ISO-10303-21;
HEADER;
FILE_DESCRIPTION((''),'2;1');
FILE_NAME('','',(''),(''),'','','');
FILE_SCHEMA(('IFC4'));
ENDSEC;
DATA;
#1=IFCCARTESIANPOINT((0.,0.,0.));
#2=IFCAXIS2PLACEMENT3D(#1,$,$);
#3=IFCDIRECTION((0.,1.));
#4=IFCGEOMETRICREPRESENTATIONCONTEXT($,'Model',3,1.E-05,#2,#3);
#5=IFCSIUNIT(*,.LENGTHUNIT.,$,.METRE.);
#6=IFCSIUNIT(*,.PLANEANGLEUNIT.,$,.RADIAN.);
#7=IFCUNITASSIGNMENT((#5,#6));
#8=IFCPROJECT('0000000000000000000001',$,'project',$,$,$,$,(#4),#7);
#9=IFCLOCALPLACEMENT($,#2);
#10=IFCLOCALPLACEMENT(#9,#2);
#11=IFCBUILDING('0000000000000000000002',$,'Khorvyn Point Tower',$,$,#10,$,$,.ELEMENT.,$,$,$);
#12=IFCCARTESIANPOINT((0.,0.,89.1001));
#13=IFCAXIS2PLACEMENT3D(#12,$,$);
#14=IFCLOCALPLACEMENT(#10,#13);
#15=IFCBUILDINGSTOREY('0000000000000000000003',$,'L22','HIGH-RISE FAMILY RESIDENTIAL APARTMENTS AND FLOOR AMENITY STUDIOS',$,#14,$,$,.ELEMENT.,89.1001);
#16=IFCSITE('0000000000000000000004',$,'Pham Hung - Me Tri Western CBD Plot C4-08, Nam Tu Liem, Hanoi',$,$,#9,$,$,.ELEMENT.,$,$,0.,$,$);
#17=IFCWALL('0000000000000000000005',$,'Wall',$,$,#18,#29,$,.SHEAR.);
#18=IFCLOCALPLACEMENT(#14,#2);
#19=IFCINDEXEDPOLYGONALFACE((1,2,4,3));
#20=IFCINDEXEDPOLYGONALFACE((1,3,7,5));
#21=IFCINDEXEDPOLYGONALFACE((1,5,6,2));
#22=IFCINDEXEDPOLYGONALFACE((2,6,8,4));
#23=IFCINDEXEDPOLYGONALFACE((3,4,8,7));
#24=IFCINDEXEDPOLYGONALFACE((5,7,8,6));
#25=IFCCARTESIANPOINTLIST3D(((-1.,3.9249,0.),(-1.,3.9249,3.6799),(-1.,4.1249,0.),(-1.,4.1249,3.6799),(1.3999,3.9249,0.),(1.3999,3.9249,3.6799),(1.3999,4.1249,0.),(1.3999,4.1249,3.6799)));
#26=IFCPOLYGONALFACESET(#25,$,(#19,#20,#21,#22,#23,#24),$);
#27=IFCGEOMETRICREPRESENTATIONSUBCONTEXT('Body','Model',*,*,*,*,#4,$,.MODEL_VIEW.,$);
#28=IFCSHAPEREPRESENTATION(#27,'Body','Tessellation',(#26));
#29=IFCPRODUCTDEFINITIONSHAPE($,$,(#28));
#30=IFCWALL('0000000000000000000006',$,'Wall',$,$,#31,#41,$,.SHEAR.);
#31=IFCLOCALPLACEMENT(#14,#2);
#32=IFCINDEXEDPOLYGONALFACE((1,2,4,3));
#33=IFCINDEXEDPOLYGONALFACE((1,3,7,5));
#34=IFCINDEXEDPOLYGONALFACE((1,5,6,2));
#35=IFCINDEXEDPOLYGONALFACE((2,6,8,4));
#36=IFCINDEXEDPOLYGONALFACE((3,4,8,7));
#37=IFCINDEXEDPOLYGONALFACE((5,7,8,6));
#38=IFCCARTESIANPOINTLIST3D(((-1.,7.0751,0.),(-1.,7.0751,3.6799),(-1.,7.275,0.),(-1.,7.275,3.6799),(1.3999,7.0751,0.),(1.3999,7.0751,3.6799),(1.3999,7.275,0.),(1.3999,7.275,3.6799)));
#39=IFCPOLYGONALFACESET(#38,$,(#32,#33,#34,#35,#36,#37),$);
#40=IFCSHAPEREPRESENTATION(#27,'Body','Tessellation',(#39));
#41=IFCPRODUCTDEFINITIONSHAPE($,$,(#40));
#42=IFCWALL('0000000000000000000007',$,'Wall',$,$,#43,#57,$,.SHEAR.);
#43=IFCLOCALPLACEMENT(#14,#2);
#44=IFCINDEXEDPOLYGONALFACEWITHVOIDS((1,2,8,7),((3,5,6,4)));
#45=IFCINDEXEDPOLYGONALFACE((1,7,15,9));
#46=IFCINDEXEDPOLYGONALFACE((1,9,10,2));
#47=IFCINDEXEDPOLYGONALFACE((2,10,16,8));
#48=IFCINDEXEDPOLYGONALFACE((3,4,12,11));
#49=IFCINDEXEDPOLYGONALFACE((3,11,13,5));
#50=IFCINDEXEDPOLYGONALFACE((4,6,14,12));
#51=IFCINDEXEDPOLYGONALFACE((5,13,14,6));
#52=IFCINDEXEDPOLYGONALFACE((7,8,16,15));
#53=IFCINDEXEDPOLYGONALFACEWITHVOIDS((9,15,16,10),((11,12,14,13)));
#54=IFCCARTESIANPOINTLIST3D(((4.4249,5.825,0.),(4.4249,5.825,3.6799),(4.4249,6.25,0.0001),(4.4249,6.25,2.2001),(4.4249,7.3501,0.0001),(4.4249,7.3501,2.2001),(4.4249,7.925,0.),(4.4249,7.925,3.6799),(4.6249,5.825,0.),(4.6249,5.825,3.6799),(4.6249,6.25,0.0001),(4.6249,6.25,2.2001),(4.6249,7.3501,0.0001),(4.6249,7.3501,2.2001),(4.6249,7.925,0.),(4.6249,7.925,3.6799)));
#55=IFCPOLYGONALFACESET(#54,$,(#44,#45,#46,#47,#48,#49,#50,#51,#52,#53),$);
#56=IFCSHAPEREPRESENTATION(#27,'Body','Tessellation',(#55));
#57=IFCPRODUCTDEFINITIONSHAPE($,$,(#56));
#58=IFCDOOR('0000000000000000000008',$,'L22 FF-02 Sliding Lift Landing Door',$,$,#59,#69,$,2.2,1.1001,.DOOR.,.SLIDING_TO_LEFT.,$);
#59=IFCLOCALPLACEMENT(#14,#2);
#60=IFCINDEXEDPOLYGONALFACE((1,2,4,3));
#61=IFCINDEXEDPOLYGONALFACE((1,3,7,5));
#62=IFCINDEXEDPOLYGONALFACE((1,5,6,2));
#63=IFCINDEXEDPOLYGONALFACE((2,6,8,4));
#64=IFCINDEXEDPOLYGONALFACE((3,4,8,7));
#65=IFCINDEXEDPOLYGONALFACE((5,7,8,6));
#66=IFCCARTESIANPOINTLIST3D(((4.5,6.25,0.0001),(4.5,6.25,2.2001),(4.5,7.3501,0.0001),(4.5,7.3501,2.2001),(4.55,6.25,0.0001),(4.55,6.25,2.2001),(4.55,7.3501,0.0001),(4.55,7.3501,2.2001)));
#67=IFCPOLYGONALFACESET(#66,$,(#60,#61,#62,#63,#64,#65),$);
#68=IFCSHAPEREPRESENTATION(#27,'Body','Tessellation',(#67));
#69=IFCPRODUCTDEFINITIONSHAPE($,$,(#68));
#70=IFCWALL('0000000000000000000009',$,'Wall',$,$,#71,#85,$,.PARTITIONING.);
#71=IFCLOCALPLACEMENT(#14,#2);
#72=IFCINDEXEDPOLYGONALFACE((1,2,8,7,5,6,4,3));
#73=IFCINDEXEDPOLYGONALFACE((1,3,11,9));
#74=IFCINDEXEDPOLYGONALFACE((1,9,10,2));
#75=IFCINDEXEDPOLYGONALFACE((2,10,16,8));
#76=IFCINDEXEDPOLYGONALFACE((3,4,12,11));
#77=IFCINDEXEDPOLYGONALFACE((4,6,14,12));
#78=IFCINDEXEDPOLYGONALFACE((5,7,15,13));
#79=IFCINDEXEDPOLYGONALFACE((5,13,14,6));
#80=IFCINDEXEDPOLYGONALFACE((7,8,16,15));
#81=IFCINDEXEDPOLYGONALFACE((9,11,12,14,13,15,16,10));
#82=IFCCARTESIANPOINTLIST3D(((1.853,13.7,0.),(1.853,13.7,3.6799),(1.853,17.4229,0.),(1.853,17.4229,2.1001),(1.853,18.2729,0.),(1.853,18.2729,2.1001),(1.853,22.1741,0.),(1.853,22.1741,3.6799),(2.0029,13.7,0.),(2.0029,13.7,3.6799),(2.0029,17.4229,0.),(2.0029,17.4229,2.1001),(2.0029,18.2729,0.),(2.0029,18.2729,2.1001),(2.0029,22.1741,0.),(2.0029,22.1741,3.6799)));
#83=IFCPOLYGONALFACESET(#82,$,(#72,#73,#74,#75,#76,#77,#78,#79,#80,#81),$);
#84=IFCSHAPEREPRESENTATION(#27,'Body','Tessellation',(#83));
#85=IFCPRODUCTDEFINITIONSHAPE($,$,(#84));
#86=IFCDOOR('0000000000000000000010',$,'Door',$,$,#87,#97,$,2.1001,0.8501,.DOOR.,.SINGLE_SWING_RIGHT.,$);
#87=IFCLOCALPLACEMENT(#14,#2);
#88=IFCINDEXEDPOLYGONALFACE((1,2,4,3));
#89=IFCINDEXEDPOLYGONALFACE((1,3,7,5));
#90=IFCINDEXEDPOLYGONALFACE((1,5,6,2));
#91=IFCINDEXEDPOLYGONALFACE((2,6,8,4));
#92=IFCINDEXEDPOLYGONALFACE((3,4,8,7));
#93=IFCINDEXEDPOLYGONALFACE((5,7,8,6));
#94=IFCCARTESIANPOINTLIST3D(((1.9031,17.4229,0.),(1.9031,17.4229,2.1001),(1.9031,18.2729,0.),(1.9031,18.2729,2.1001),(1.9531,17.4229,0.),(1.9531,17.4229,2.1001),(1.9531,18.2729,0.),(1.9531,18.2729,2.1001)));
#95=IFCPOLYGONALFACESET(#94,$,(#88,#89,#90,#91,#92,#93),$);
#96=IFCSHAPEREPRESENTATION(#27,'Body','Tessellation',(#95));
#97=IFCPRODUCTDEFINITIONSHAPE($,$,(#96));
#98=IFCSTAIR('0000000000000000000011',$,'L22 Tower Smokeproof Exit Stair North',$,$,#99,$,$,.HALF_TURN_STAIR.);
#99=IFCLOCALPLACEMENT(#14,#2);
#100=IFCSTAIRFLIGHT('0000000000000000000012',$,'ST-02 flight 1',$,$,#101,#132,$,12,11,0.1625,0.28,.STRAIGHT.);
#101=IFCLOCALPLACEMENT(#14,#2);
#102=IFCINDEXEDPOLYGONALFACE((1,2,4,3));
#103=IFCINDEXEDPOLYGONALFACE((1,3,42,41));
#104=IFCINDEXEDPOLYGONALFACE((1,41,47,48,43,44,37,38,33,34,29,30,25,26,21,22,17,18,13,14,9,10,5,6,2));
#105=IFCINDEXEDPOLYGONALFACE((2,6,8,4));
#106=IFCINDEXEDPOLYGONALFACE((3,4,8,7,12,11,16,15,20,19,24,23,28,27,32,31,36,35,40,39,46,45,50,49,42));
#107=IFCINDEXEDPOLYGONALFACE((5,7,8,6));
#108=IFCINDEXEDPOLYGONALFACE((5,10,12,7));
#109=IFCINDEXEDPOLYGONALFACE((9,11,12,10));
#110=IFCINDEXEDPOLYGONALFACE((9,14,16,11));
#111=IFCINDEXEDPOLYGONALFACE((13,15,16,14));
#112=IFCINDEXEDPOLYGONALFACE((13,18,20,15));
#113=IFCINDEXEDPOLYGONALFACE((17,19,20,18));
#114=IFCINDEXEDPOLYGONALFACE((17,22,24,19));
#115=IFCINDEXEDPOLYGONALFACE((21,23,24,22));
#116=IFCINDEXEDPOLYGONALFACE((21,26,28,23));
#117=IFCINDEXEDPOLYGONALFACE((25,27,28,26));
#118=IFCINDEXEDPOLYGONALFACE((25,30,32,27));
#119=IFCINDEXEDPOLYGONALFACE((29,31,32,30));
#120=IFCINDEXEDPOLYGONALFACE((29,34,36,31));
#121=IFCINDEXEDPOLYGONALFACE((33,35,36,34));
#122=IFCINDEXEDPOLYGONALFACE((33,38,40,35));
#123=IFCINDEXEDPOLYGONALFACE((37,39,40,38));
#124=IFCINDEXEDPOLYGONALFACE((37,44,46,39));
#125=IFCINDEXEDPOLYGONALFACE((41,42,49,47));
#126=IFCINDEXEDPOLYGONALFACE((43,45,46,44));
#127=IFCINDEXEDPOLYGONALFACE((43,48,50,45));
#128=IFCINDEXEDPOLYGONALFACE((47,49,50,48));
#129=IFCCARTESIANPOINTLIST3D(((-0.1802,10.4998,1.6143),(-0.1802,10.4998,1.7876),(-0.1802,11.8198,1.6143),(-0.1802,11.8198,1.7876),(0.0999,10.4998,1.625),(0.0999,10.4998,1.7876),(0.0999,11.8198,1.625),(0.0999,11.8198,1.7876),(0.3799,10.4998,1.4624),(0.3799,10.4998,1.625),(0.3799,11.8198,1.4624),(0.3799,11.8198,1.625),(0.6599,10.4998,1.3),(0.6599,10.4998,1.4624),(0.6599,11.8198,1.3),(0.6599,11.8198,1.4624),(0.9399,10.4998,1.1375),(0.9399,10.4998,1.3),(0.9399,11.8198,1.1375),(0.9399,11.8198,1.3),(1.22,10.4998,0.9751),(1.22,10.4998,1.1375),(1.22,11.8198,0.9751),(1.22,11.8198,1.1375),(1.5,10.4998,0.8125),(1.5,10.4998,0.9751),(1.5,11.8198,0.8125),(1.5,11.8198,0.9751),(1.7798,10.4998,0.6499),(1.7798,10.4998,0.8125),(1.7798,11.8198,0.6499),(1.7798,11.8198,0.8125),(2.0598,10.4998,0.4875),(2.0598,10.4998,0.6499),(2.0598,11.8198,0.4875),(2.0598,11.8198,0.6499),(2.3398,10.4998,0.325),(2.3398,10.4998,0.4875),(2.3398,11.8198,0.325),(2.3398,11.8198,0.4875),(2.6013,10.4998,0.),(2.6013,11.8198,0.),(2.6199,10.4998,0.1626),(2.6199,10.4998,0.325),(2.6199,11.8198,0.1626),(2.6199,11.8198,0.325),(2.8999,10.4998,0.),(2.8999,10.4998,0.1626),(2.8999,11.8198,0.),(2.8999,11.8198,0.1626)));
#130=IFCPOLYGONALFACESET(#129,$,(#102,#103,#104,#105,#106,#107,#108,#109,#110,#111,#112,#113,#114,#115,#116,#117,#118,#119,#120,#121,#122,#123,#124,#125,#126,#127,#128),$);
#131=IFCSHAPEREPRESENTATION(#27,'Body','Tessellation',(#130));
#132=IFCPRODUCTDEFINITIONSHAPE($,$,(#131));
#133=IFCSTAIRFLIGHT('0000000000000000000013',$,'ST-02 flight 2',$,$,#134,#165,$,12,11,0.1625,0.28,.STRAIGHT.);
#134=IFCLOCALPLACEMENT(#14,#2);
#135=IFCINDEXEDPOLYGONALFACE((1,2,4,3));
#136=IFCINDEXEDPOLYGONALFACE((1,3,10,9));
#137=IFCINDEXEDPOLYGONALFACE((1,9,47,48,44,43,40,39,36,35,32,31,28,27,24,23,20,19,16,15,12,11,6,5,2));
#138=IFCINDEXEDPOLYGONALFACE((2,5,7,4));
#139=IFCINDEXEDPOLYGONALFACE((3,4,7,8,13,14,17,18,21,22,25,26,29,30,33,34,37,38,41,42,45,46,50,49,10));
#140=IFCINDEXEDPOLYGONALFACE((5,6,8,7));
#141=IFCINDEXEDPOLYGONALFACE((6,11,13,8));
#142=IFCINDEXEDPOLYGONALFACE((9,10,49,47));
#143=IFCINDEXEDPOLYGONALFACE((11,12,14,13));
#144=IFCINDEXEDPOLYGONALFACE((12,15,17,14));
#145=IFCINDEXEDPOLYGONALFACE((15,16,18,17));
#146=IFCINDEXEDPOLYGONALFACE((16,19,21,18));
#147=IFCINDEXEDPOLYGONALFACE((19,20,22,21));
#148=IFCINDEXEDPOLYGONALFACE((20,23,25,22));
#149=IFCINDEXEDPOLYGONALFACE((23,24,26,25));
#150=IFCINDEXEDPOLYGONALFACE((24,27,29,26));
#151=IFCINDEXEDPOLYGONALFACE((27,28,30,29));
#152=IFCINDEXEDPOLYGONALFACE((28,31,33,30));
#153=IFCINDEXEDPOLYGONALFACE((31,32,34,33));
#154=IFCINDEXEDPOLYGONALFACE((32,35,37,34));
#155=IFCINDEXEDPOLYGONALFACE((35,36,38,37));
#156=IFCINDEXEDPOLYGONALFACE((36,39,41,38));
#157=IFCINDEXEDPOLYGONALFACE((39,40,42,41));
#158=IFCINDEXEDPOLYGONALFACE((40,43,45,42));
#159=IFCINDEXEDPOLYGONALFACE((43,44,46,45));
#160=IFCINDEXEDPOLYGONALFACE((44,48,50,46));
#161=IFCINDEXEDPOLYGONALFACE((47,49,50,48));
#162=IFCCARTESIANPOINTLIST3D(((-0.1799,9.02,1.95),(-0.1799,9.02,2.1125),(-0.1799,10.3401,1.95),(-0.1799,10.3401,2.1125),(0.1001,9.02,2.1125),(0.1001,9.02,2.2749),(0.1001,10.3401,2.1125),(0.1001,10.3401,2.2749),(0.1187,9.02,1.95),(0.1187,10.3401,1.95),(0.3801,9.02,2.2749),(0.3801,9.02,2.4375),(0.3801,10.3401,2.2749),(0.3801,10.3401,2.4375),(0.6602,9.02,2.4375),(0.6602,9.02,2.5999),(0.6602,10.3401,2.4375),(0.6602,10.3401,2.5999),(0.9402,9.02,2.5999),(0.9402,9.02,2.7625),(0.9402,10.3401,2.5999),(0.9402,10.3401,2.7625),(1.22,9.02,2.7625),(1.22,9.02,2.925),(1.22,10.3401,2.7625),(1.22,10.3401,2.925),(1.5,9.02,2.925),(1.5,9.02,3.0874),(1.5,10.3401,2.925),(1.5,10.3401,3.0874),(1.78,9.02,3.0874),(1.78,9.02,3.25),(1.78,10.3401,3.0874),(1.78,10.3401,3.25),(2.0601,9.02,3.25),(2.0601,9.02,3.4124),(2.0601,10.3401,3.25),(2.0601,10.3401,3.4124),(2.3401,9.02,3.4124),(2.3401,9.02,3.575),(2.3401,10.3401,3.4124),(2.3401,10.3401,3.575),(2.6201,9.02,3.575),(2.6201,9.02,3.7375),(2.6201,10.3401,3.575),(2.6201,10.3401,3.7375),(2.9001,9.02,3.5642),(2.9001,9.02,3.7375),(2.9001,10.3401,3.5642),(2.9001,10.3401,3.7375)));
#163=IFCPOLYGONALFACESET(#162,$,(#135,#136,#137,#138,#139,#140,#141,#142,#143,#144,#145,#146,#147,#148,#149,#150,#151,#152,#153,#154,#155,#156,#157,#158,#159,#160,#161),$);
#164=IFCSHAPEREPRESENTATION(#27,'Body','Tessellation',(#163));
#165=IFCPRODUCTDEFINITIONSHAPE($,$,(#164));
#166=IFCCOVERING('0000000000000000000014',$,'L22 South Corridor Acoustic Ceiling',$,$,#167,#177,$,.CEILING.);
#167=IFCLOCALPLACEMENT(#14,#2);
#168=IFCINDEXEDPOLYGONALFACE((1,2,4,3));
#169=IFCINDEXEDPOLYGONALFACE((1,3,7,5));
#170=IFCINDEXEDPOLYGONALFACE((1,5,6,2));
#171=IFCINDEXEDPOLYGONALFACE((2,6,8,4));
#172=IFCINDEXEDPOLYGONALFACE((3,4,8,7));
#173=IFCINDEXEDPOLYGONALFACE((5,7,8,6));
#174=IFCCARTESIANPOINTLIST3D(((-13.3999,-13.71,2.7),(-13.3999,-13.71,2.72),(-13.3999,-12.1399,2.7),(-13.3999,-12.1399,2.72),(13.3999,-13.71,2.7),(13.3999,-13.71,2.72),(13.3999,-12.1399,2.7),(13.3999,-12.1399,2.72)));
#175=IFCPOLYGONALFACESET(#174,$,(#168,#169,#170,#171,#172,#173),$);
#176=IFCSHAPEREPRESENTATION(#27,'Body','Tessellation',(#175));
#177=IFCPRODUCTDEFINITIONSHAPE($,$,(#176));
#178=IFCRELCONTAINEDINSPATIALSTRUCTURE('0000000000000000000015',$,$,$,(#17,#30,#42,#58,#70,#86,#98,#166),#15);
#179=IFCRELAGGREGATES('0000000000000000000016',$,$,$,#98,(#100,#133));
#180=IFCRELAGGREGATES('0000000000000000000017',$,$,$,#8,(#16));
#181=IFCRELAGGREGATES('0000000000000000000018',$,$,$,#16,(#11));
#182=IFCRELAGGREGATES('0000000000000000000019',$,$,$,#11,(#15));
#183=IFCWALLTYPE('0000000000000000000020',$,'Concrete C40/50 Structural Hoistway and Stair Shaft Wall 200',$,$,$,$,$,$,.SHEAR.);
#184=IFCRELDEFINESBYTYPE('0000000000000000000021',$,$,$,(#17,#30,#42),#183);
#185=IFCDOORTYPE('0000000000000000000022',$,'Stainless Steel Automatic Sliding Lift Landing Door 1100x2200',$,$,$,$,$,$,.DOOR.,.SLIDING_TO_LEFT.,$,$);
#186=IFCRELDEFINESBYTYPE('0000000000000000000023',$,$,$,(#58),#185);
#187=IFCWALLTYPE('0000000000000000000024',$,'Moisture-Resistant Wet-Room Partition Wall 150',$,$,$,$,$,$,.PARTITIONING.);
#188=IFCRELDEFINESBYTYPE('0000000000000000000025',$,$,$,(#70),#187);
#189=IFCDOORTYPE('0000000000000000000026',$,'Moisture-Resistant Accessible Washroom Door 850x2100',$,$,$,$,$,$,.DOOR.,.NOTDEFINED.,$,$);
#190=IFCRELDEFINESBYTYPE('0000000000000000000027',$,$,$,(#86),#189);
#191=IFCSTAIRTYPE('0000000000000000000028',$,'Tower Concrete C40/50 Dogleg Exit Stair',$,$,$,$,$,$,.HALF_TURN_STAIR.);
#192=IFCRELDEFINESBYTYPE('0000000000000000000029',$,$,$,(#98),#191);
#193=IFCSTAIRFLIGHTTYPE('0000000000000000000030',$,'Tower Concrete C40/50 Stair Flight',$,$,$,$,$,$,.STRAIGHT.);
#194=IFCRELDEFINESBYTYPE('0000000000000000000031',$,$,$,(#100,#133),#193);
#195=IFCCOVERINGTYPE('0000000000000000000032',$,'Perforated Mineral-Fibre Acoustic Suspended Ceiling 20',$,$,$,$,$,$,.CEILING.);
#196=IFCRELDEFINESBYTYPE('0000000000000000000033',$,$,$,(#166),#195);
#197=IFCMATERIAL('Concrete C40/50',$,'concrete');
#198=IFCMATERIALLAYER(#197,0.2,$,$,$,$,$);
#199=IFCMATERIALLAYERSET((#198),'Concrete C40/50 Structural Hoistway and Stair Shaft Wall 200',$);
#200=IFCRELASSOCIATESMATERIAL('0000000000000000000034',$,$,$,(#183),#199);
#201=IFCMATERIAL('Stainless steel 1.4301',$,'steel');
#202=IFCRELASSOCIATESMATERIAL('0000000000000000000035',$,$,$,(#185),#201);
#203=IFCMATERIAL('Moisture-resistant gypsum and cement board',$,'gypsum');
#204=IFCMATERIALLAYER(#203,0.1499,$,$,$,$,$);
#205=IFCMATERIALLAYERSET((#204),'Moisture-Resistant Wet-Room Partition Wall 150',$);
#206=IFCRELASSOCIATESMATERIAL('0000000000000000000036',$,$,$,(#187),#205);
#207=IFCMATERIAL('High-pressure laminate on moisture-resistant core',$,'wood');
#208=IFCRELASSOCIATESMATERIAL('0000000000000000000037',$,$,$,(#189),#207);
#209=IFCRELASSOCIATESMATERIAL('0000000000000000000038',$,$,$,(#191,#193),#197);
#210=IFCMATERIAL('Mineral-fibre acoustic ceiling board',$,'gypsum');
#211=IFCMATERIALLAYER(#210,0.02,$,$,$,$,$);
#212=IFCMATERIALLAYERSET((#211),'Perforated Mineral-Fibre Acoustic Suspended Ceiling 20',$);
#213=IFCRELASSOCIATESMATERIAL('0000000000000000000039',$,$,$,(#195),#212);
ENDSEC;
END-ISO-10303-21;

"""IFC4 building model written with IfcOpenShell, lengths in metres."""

from ifc_helpers import new_model, si_unit, direction, frame, frame_2d, origin, place, context, subcontext, project, spatial, polyline, rectangle, outline, extrude, material, layer, layer_set, type_object, element, fill, aggregate, save


model = new_model("IFC4")

# Units and contexts
model_context = context("Model", 3, precision=1e-05, world=origin(), true_north=direction((0.0, 1.0)))
body_context = subcontext(model_context, "Body", "Model", "MODEL_VIEW")
ifc_project = project(units=[si_unit("LENGTHUNIT", "METRE"), si_unit("PLANEANGLEUNIT", "RADIAN")], contexts=[model_context])

# Site, building, storey
site_placement = place(None, origin())
site = spatial("IfcSite", under=ifc_project, at=site_placement, Name="Pham Hung - Me Tri Western CBD Plot C4-08, Nam Tu Liem, Hanoi", CompositionType="ELEMENT", RefElevation=0.0)
building_placement = place(site_placement, origin())
building = spatial("IfcBuilding", under=site, at=building_placement, Name="Khorvyn Point Tower", CompositionType="ELEMENT")
storey_placement = place(building_placement, frame((0.0, 0.0, 89.1001)))
storey = spatial("IfcBuildingStorey", under=building, at=storey_placement, Name="L22", Description="HIGH-RISE FAMILY RESIDENTIAL APARTMENTS AND FLOOR AMENITY STUDIOS", CompositionType="ELEMENT", Elevation=89.1001)

# Shared definitions
ifc_material_1 = material(Name="Concrete C40/50", Category="concrete")

# Shared definitions
ifc_layer_1 = layer(ifc_material_1, 0.2)
ifc_layer_set_1 = layer_set([ifc_layer_1], Name="Concrete C40/50 Structural Hoistway and Stair Shaft Wall 200")
wall_type_1 = type_object("IfcWallType", Name="Concrete C40/50 Structural Hoistway and Stair Shaft Wall 200", PredefinedType="SHEAR", material=ifc_layer_set_1)

# Shared definitions
ifc_material_2 = material(Name="Stainless steel 1.4301", Category="steel")
door_type_1 = type_object("IfcDoorType", Name="Stainless Steel Automatic Sliding Lift Landing Door 1100x2200", OperationType="SLIDING_TO_LEFT", PredefinedType="DOOR", material=ifc_material_2)

# Walls
for number, where, z_axis, x_axis, name in (
    (1, (-1.0, 4.0249, 0.0), (0.0, 0.0, 1.0), (1.0, 0.0, 0.0), "Wall"),
    (2, (-1.0, 7.175, 0.0), (0.0, 0.0, 1.0), (1.0, 0.0, 0.0), "Wall"),
):
    element("IfcWall", number, at=place(storey_placement, frame(where, z_axis=z_axis, x_axis=x_axis)), inside=storey, type_object=wall_type_1, Name=name, PredefinedType="SHEAR", context=body_context, shape_type="SweptSolid", body=[
        extrude(rectangle(XDim=2.3999, YDim=0.2, at=frame_2d((1.2, 0.0))), origin(), (0.0, 0.0, 1.0), 3.6799),
    ])

# Walls, openings, doors
wall_1_placement = place(storey_placement, frame((4.5249, 5.825, 0.0), z_axis=(0.0, 0.0, 1.0), x_axis=(0.0, 1.0, 0.0)))
wall_1 = element("IfcWall", 3, at=wall_1_placement, inside=storey, type_object=wall_type_1, Name="Wall", PredefinedType="SHEAR", context=body_context, shape_type="SweptSolid", body=[
    extrude(rectangle(XDim=2.1001, YDim=0.2, at=frame_2d((1.05, 0.0))), origin(), (0.0, 0.0, 1.0), 3.6799),
])
opening_1_placement = place(wall_1_placement, frame((0.425, 0.0, 0.0)))
opening_1 = element("IfcOpeningElement", 4, at=opening_1_placement, cuts=wall_1, PredefinedType="OPENING", context=body_context, shape_type="SweptSolid", body=[
    extrude(rectangle(XDim=1.1001, YDim=2.2, at=frame_2d((0.55, 1.1001))), frame((0.0, 0.1099, 0.0), z_axis=(0.0, -1.0, 0.0), x_axis=(1.0, 0.0, 0.0)), (0.0, 0.0, 1.0), 0.22),
])
door_1_placement = place(opening_1_placement, origin())
door_1 = element("IfcDoor", 5, at=door_1_placement, inside=storey, type_object=door_type_1, Name="L22 FF-02 Sliding Lift Landing Door", OperationType="SLIDING_TO_LEFT", OverallHeight=2.2, OverallWidth=1.1001, PredefinedType="DOOR", context=body_context, shape_type="SweptSolid", body=[
    extrude(rectangle(XDim=1.1001, YDim=2.2, at=frame_2d((0.55, 1.1001))), frame((0.0, 0.0249, 0.0), z_axis=(0.0, -1.0, 0.0), x_axis=(1.0, 0.0, 0.0)), (0.0, 0.0, 1.0), 0.05),
])
fill(opening_1, door_1)
ifc_material_3 = material(Name="Moisture-resistant gypsum and cement board", Category="gypsum")
ifc_layer_2 = layer(ifc_material_3, 0.1499)
ifc_layer_set_2 = layer_set([ifc_layer_2], Name="Moisture-Resistant Wet-Room Partition Wall 150")
wall_type_2 = type_object("IfcWallType", Name="Moisture-Resistant Wet-Room Partition Wall 150", PredefinedType="PARTITIONING", material=ifc_layer_set_2)
wall_2_placement = place(storey_placement, frame((1.928, 13.7, 0.0), z_axis=(0.0, 0.0, 1.0), x_axis=(0.0, 1.0, 0.0)))
wall_2 = element("IfcWall", 6, at=wall_2_placement, inside=storey, type_object=wall_type_2, Name="Wall", PredefinedType="PARTITIONING", context=body_context, shape_type="SweptSolid", body=[
    extrude(rectangle(XDim=8.4741, YDim=0.1499, at=frame_2d((4.2371, 0.0))), origin(), (0.0, 0.0, 1.0), 3.6799),
])
opening_2_placement = place(wall_2_placement, frame((3.7229, 0.0, 0.0)))
opening_2 = element("IfcOpeningElement", 7, at=opening_2_placement, cuts=wall_2, PredefinedType="OPENING", context=body_context, shape_type="SweptSolid", body=[
    extrude(rectangle(XDim=0.8501, YDim=2.1001, at=frame_2d((0.425, 1.05))), frame((0.0, 0.085, 0.0), z_axis=(0.0, -1.0, 0.0), x_axis=(1.0, 0.0, 0.0)), (0.0, 0.0, 1.0), 0.1699),
])
ifc_material_4 = material(Name="High-pressure laminate on moisture-resistant core", Category="wood")
door_type_2 = type_object("IfcDoorType", Name="Moisture-Resistant Accessible Washroom Door 850x2100", OperationType="NOTDEFINED", PredefinedType="DOOR", material=ifc_material_4)
door_2_placement = place(opening_2_placement, origin())
door_2 = element("IfcDoor", 8, at=door_2_placement, inside=storey, type_object=door_type_2, Name="Door", OperationType="SINGLE_SWING_RIGHT", OverallHeight=2.1001, OverallWidth=0.8501, PredefinedType="DOOR", context=body_context, shape_type="SweptSolid", body=[
    extrude(rectangle(XDim=0.8501, YDim=2.1001, at=frame_2d((0.425, 1.05))), frame((0.0, 0.0249, 0.0), z_axis=(0.0, -1.0, 0.0), x_axis=(1.0, 0.0, 0.0)), (0.0, 0.0, 1.0), 0.05),
])
fill(opening_2, door_2)

# Stair, stair flights
stair_type = type_object("IfcStairType", Name="Tower Concrete C40/50 Dogleg Exit Stair", PredefinedType="HALF_TURN_STAIR", material=ifc_material_1)
stair_placement = place(storey_placement, origin())
stair = element("IfcStair", 9, at=stair_placement, inside=storey, type_object=stair_type, Name="L22 Tower Smokeproof Exit Stair North", PredefinedType="HALF_TURN_STAIR")
stair_flight_type = type_object("IfcStairFlightType", Name="Tower Concrete C40/50 Stair Flight", PredefinedType="STRAIGHT", material=ifc_material_1)
stair_flight_1_placement = place(storey_placement, frame((2.8999, 11.1599, 0.0), z_axis=(0.0, 0.0, 1.0), x_axis=(-1.0, 0.0, 0.0)))
stair_flight_1 = element("IfcStairFlight", 10, at=stair_flight_1_placement, type_object=stair_flight_type, Name="ST-02 flight 1", NumberOfRisers=12, NumberOfTreads=11, PredefinedType="STRAIGHT", RiserHeight=0.1625, TreadLength=0.28, context=body_context, shape_type="SweptSolid", body=[
    extrude(outline(polyline([(0.0, 0.0), (0.0, 0.1626), (0.28, 0.1626), (0.28, 0.325), (0.5601, 0.325), (0.5601, 0.4875), (0.8401, 0.4875), (0.8401, 0.6499), (1.1201, 0.6499), (1.1201, 0.8125), (1.3999, 0.8125), (1.3999, 0.9751), (1.6799, 0.9751), (1.6799, 1.1375), (1.96, 1.1375), (1.96, 1.3), (2.24, 1.3), (2.24, 1.4624), (2.52, 1.4624), (2.52, 1.625), (2.8, 1.625), (2.8, 1.7876), (3.0801, 1.7876), (3.0801, 1.95), (3.0801, 1.6143), (0.2986, 0.0), (0.0, 0.0)])), frame((0.0, 0.6602, 0.0), z_axis=(0.0, -1.0, 0.0), x_axis=(1.0, 0.0, 0.0)), (0.0, 0.0, 1.0), 1.3201),
])
stair_flight_2_placement = place(storey_placement, frame((-0.1799, 9.6799, 1.95), z_axis=(0.0, 0.0, 1.0), x_axis=(1.0, 0.0, 0.0)))
stair_flight_2 = element("IfcStairFlight", 11, at=stair_flight_2_placement, type_object=stair_flight_type, Name="ST-02 flight 2", NumberOfRisers=12, NumberOfTreads=11, PredefinedType="STRAIGHT", RiserHeight=0.1625, TreadLength=0.28, context=body_context, shape_type="SweptSolid", body=[
    extrude(outline(polyline([(0.0, 0.0), (0.0, 0.1626), (0.28, 0.1626), (0.28, 0.325), (0.5601, 0.325), (0.5601, 0.4875), (0.8401, 0.4875), (0.8401, 0.6499), (1.1201, 0.6499), (1.1201, 0.8125), (1.3999, 0.8125), (1.3999, 0.9751), (1.6799, 0.9751), (1.6799, 1.1375), (1.96, 1.1375), (1.96, 1.3), (2.24, 1.3), (2.24, 1.4624), (2.52, 1.4624), (2.52, 1.625), (2.8, 1.625), (2.8, 1.7876), (3.0801, 1.7876), (3.0801, 1.95), (3.0801, 1.6143), (0.2986, 0.0), (0.0, 0.0)])), frame((0.0, 0.6602, 0.0), z_axis=(0.0, -1.0, 0.0), x_axis=(1.0, 0.0, 0.0)), (0.0, 0.0, 1.0), 1.3201),
])
aggregate(stair, [stair_flight_1, stair_flight_2])

# Covering
ifc_material_5 = material(Name="Mineral-fibre acoustic ceiling board", Category="gypsum")
ifc_layer_3 = layer(ifc_material_5, 0.02)
ifc_layer_set_3 = layer_set([ifc_layer_3], Name="Perforated Mineral-Fibre Acoustic Suspended Ceiling 20")
covering_type_1 = type_object("IfcCoveringType", Name="Perforated Mineral-Fibre Acoustic Suspended Ceiling 20", PredefinedType="CEILING", material=ifc_layer_set_3)
covering_1_placement = place(storey_placement, frame((0.0, 0.0, 2.7)))
element("IfcCovering", 12, at=covering_1_placement, inside=storey, type_object=covering_type_1, Name="L22 South Corridor Acoustic Ceiling", PredefinedType="CEILING", context=body_context, shape_type="SweptSolid", body=[
    extrude(outline(polyline([(-13.3999, -13.71), (13.3999, -13.71), (13.3999, -12.1399), (-13.3999, -12.1399), (-13.3999, -13.71)])), origin(), (0.0, 0.0, 1.0), 0.02),
])

save(model, "model.ifc")
